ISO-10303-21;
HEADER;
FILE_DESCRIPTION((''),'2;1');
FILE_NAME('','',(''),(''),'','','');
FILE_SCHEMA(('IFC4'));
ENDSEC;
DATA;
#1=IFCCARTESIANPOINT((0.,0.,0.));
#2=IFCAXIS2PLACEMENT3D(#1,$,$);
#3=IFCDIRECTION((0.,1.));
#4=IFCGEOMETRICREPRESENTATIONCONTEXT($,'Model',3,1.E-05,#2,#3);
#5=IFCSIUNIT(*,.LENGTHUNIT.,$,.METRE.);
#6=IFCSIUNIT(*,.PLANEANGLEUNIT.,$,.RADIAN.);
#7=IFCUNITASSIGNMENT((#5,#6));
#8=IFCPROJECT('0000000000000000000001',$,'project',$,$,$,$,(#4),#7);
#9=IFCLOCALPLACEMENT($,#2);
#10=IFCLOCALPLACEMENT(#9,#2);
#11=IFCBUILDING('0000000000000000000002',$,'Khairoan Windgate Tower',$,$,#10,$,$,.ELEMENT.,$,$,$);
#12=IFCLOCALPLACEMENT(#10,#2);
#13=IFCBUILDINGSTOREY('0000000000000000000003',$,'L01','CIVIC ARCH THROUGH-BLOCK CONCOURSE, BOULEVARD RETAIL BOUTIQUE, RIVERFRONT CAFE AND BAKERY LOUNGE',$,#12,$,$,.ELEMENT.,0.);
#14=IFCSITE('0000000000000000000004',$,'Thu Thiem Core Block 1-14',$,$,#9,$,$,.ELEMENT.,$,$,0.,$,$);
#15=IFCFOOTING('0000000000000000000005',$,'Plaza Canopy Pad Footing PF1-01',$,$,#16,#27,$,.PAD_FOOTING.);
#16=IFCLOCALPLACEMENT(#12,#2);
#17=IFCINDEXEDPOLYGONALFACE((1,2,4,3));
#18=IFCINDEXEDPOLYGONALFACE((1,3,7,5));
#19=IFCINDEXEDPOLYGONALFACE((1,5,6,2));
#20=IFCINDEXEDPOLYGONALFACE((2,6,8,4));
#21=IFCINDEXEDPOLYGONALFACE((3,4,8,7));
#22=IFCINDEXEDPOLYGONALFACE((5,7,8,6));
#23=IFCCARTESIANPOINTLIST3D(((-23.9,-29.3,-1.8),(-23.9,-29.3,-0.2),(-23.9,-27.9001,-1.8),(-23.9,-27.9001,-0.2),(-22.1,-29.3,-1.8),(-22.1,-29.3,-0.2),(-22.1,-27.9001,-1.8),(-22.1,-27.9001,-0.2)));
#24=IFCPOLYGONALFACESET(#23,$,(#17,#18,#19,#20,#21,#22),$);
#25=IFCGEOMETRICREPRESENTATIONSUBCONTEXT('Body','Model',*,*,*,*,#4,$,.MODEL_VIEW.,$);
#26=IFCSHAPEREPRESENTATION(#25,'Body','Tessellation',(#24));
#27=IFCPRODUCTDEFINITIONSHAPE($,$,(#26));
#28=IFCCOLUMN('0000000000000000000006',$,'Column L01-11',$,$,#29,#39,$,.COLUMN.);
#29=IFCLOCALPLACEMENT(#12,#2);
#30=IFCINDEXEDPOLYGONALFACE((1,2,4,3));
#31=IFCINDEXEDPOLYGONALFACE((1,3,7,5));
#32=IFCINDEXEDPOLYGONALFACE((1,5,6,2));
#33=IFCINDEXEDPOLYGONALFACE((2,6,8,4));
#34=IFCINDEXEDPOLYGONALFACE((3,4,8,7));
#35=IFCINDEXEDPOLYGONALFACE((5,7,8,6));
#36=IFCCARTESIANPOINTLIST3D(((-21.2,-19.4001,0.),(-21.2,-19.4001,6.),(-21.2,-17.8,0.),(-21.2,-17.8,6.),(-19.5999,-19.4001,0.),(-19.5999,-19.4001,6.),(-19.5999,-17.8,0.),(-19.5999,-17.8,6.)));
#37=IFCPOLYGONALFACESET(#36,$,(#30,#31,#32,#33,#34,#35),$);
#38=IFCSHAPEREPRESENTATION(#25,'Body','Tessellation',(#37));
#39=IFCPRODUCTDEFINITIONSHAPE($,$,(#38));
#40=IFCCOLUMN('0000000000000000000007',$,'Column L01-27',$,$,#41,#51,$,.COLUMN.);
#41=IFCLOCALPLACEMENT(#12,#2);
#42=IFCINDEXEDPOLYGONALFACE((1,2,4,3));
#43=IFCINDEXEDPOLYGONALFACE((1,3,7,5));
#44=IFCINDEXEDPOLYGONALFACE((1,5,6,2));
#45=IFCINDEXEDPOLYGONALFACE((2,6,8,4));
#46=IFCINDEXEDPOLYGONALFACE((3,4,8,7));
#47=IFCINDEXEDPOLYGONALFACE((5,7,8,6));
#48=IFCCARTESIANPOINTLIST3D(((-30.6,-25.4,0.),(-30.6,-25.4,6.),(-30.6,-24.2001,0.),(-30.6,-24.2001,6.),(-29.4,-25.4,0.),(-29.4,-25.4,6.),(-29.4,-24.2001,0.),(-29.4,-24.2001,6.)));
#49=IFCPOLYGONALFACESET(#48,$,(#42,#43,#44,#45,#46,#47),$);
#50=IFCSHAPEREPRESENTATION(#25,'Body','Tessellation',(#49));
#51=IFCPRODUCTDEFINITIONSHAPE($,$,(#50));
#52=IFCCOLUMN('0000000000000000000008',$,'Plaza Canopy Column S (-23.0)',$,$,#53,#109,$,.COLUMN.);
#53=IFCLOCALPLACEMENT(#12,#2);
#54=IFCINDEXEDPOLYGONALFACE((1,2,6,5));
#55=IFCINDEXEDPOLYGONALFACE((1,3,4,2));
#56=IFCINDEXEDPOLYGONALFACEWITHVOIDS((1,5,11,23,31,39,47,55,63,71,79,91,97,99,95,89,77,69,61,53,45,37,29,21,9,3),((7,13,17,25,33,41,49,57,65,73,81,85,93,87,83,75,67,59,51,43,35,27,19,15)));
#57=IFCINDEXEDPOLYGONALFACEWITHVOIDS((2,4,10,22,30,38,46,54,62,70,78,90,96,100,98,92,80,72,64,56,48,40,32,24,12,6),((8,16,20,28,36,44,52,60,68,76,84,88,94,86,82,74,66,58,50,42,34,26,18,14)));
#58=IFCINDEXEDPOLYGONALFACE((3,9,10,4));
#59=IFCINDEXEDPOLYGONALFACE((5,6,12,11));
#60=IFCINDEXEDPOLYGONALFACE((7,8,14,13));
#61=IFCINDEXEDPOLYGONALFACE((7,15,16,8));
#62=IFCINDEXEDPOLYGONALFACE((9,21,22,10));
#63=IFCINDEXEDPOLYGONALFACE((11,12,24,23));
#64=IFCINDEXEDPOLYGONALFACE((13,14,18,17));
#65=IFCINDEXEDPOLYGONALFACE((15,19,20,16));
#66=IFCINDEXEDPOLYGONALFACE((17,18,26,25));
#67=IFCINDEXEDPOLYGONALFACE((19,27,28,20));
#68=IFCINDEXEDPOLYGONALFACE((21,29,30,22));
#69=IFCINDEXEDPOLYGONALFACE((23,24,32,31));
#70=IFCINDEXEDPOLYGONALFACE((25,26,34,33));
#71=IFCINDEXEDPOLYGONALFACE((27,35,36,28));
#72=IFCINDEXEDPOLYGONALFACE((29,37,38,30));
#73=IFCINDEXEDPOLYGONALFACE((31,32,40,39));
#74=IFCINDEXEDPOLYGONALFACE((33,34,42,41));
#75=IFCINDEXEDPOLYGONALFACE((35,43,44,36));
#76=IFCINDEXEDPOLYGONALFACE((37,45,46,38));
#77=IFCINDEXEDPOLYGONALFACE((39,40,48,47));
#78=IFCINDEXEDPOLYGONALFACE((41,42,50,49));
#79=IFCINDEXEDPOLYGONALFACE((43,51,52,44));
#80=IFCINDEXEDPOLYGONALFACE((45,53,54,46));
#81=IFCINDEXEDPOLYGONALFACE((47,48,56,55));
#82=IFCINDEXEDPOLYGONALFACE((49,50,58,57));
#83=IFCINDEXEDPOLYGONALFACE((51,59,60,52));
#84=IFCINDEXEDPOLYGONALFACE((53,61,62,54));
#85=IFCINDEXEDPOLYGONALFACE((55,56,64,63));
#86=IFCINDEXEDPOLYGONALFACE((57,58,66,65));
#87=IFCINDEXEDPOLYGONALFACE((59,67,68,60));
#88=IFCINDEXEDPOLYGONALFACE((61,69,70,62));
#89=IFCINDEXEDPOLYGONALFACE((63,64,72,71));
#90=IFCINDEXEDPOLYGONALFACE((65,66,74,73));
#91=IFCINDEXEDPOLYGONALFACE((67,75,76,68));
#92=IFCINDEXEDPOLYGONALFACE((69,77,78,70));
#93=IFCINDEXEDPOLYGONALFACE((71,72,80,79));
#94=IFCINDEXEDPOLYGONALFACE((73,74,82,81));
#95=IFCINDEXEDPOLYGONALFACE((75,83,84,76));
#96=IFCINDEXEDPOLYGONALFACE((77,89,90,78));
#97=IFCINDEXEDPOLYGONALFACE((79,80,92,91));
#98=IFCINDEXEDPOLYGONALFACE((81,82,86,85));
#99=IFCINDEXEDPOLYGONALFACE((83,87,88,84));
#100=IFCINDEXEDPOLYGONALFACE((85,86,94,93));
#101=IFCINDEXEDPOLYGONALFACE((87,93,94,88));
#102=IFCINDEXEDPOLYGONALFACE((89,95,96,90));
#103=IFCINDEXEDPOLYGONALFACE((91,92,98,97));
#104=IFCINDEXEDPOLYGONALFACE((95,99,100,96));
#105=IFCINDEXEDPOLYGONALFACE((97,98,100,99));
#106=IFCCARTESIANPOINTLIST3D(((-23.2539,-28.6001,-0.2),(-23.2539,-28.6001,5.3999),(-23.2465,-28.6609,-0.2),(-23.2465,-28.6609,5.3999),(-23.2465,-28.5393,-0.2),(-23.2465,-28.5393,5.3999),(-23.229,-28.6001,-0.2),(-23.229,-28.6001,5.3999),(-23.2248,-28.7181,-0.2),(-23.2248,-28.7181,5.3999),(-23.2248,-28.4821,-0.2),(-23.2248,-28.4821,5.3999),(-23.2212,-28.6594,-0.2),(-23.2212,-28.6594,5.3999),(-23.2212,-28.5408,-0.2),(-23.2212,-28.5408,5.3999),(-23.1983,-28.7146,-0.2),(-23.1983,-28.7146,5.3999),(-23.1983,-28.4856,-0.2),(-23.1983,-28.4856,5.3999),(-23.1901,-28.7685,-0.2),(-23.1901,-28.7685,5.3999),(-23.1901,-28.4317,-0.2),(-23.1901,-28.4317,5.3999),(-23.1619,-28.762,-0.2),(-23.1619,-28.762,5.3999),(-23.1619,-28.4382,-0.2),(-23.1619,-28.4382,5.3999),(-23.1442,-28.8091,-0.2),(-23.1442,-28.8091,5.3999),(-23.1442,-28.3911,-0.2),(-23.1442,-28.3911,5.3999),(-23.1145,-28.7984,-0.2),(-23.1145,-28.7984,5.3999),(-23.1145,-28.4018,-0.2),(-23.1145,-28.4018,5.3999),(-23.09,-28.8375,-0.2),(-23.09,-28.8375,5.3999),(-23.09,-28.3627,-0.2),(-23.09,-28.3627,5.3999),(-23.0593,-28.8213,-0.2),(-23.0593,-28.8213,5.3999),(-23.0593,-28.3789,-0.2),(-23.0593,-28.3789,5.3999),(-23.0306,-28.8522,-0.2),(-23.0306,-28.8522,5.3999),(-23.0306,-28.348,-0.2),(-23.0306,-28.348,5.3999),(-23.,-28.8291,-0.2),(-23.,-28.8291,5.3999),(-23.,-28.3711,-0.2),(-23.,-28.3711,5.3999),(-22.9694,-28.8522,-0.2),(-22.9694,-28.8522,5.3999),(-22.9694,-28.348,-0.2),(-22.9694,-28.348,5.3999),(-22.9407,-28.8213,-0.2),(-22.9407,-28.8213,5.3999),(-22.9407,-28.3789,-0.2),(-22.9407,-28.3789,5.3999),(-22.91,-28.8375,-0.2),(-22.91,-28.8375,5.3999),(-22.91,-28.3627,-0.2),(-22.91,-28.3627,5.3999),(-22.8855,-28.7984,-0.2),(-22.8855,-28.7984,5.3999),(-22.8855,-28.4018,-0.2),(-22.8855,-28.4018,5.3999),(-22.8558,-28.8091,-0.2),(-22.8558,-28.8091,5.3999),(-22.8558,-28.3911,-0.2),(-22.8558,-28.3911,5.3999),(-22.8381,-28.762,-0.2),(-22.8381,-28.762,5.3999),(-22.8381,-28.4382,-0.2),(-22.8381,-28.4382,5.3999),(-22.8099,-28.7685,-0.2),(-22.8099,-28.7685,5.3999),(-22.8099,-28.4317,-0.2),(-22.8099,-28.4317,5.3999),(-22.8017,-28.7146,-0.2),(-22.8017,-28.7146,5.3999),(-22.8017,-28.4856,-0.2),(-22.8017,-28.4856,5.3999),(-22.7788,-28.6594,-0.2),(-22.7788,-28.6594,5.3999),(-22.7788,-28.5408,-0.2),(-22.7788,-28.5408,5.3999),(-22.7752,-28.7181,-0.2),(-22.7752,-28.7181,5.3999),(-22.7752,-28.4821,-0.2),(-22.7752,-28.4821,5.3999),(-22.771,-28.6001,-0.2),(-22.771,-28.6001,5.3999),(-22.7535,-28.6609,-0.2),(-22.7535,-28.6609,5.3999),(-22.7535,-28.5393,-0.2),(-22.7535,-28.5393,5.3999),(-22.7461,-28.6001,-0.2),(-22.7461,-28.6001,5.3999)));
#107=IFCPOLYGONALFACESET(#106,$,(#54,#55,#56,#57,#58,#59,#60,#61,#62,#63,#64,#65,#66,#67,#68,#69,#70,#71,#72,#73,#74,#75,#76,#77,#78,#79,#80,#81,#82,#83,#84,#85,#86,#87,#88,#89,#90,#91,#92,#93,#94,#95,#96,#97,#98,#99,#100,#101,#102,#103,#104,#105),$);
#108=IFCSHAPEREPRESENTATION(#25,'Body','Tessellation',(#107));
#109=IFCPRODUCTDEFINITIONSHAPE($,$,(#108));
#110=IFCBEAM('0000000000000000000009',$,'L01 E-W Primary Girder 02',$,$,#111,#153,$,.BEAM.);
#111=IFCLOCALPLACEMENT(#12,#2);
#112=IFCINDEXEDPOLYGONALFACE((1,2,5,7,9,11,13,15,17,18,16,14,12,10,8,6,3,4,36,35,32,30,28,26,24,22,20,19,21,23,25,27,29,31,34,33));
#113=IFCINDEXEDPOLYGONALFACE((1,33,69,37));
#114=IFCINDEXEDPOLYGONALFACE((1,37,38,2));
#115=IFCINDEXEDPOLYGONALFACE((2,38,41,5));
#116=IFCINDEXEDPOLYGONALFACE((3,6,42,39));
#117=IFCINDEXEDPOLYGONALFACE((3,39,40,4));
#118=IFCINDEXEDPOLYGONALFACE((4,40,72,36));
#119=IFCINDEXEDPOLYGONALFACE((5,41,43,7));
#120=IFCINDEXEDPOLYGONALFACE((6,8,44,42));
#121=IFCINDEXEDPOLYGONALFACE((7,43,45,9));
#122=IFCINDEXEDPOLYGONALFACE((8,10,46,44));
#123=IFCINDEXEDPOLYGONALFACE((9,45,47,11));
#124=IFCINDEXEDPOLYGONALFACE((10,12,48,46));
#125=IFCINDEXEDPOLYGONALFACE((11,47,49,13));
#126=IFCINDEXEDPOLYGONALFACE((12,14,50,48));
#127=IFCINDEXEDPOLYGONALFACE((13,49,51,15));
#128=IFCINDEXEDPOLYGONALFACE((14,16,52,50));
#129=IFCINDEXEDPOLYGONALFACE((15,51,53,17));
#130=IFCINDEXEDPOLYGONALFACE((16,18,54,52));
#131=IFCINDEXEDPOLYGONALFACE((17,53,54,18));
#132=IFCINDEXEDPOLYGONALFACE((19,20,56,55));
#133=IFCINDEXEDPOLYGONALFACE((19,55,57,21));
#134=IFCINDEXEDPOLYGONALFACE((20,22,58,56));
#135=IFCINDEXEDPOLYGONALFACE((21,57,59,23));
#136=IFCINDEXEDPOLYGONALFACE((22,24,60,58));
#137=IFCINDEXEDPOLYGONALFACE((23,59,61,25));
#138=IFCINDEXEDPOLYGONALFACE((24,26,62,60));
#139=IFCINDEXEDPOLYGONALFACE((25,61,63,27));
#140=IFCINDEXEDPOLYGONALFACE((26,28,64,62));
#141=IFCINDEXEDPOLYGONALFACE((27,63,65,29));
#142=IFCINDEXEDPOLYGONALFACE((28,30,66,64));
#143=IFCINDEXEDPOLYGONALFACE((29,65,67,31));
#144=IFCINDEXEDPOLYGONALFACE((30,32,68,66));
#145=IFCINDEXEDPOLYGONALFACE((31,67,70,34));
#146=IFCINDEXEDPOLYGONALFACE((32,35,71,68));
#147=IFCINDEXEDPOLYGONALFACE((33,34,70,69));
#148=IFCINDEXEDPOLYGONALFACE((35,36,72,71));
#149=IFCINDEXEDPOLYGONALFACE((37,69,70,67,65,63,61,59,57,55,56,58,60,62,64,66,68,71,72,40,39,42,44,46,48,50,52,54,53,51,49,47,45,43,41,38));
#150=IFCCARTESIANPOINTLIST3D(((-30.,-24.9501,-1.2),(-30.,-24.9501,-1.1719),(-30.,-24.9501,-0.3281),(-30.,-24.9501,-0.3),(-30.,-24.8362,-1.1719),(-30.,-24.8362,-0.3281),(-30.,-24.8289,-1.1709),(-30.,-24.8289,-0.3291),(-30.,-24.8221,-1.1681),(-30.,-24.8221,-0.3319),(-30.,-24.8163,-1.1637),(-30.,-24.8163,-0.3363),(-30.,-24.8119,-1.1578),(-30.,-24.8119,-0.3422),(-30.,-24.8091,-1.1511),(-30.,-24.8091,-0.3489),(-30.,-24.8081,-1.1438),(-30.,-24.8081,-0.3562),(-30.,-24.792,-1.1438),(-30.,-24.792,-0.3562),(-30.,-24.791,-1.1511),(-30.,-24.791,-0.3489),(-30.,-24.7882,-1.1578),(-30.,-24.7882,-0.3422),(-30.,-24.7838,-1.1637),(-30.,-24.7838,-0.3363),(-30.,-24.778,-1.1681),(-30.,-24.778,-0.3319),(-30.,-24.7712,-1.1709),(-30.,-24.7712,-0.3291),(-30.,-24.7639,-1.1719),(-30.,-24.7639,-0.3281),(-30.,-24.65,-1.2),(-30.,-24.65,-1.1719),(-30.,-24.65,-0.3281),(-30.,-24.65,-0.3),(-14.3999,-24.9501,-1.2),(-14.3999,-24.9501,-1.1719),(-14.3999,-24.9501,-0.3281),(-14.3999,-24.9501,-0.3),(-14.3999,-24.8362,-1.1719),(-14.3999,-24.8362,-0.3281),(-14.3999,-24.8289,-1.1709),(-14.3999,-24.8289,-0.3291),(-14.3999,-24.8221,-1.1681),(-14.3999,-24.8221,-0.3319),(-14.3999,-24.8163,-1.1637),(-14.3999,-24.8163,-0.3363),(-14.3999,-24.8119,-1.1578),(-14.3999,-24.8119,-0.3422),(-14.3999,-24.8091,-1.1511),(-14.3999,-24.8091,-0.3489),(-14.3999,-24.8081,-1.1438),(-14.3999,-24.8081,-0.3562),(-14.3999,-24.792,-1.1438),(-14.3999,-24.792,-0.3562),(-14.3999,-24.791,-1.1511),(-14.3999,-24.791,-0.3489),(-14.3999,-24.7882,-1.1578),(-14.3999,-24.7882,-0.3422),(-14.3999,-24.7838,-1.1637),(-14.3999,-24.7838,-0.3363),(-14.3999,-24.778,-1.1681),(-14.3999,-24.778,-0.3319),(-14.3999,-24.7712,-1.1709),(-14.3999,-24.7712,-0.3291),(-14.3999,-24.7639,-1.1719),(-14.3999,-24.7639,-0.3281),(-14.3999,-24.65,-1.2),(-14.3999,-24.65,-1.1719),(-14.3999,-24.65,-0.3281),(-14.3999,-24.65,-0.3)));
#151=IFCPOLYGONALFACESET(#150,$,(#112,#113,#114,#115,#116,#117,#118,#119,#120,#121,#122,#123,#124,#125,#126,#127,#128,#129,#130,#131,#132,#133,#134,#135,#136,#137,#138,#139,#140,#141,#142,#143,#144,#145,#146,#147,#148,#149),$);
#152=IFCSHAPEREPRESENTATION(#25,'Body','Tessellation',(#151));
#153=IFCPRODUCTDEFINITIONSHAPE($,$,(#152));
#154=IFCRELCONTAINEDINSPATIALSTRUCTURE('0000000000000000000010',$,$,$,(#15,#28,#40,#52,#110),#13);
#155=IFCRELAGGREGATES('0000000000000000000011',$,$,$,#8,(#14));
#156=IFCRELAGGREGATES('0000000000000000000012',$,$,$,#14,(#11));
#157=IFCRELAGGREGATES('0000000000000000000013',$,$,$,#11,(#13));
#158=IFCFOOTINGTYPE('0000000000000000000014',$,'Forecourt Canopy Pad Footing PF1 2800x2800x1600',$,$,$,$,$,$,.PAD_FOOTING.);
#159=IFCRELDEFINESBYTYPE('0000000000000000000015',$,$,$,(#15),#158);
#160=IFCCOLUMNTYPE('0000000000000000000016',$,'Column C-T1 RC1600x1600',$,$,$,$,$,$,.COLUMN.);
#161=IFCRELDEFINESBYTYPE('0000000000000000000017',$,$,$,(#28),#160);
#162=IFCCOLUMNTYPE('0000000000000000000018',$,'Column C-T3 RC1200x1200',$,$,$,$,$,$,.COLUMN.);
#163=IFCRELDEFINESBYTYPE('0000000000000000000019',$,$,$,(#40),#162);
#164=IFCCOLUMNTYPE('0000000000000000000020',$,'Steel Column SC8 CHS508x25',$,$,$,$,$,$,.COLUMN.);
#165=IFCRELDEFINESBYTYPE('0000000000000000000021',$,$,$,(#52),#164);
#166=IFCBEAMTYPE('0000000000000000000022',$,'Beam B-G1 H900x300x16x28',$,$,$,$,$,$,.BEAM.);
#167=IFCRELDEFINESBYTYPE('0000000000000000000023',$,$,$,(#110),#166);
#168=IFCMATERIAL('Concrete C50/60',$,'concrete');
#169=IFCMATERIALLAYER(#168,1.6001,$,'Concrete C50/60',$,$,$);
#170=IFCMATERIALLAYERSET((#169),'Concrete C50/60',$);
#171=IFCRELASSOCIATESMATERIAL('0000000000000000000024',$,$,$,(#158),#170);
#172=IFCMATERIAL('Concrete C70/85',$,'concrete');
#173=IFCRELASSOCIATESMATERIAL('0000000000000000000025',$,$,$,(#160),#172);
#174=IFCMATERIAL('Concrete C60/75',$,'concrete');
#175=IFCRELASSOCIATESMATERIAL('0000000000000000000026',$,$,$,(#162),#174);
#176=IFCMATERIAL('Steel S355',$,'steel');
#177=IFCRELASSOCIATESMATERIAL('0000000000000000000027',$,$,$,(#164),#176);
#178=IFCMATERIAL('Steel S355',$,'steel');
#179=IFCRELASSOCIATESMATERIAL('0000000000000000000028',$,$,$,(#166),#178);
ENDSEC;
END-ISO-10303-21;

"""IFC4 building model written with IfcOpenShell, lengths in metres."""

from ifc_helpers import new_model, si_unit, direction, frame, origin, origin_2d, place, context, subcontext, project, spatial, rectangle, hollow_circle, i_section, extrude, material, layer, layer_set, material_profile, profile_set, type_object, element, save


model = new_model("IFC4")

# Units and contexts
model_context = context("Model", 3, precision=1e-05, world=origin(), true_north=direction((0.0, 1.0)))
body_context = subcontext(model_context, "Body", "Model", "MODEL_VIEW")
ifc_project = project(units=[si_unit("LENGTHUNIT", "METRE"), si_unit("PLANEANGLEUNIT", "RADIAN")], contexts=[model_context])

# Site, building, storey
site_placement = place(None, origin())
site = spatial("IfcSite", under=ifc_project, at=site_placement, Name="Thu Thiem Core Block 1-14", CompositionType="ELEMENT", RefElevation=0.0)
building_placement = place(site_placement, origin())
building = spatial("IfcBuilding", under=site, at=building_placement, Name="Khairoan Windgate Tower", CompositionType="ELEMENT")
storey_placement = place(building_placement, origin())
storey = spatial("IfcBuildingStorey", under=building, at=storey_placement, Name="L01", Description="CIVIC ARCH THROUGH-BLOCK CONCOURSE, BOULEVARD RETAIL BOUTIQUE, RIVERFRONT CAFE AND BAKERY LOUNGE", CompositionType="ELEMENT", Elevation=0.0)

# Footing
ifc_material_1 = material(Name="Concrete C50/60", Category="concrete")
ifc_layer_1 = layer(ifc_material_1, 1.6001, Name="Concrete C50/60")
ifc_layer_set_1 = layer_set([ifc_layer_1], Name="Concrete C50/60")
footing_type = type_object("IfcFootingType", Name="Forecourt Canopy Pad Footing PF1 2800x2800x1600", PredefinedType="PAD_FOOTING", material=ifc_layer_set_1)
footing_placement = place(storey_placement, frame((-23.0, -28.6001, -1.8), z_axis=(0.0, 0.0, 1.0), x_axis=(1.0, 0.0, 0.0)))
element("IfcFooting", 1, at=footing_placement, inside=storey, type_object=footing_type, Name="Plaza Canopy Pad Footing PF1-01", PredefinedType="PAD_FOOTING", context=body_context, shape_type="SweptSolid", body=[
    extrude(rectangle(XDim=1.8, YDim=1.3999, at=origin_2d()), origin(), (0.0, 0.0, 1.0), 1.6001),
])

# Columns
ifc_material_2 = material(Name="Concrete C70/85", Category="concrete")
ifc_material_profile_1 = material_profile(ifc_material_2, rectangle(XDim=1.6001, YDim=1.6001, at=origin_2d()))
ifc_profile_set_1 = profile_set([ifc_material_profile_1], Name="Concrete C70/85")
column_type_1 = type_object("IfcColumnType", Name="Column C-T1 RC1600x1600", PredefinedType="COLUMN", material=ifc_profile_set_1)
column_1_placement = place(storey_placement, frame((-20.3999, -18.6001, 0.0), z_axis=(0.0, 0.0, 1.0), x_axis=(1.0, 0.0, 0.0)))
element("IfcColumn", 2, at=column_1_placement, inside=storey, type_object=column_type_1, Name="Column L01-11", PredefinedType="COLUMN", context=body_context, shape_type="SweptSolid", body=[
    extrude(rectangle(XDim=1.6001, YDim=1.6001, at=origin_2d()), origin(), (0.0, 0.0, 1.0), 6.0),
])
ifc_material_3 = material(Name="Concrete C60/75", Category="concrete")
ifc_material_profile_2 = material_profile(ifc_material_3, rectangle(XDim=1.2, YDim=1.2, at=origin_2d()))
ifc_profile_set_2 = profile_set([ifc_material_profile_2], Name="Concrete C60/75")
column_type_2 = type_object("IfcColumnType", Name="Column C-T3 RC1200x1200", PredefinedType="COLUMN", material=ifc_profile_set_2)
column_2_placement = place(storey_placement, frame((-30.0, -24.8, 0.0), z_axis=(0.0, 0.0, 1.0), x_axis=(1.0, 0.0, 0.0)))
element("IfcColumn", 3, at=column_2_placement, inside=storey, type_object=column_type_2, Name="Column L01-27", PredefinedType="COLUMN", context=body_context, shape_type="SweptSolid", body=[
    extrude(rectangle(XDim=1.2, YDim=1.2, at=origin_2d()), origin(), (0.0, 0.0, 1.0), 6.0),
])
ifc_material_4 = material(Name="Steel S355", Category="steel")
ifc_material_profile_3 = material_profile(ifc_material_4, hollow_circle(Radius=0.2539, WallThickness=0.0249, at=origin_2d()))
ifc_profile_set_3 = profile_set([ifc_material_profile_3], Name="Steel S355")
column_type_3 = type_object("IfcColumnType", Name="Steel Column SC8 CHS508x25", PredefinedType="COLUMN", material=ifc_profile_set_3)
column_3_placement = place(storey_placement, frame((-23.0, -28.6001, -0.2), z_axis=(0.0, 0.0, 1.0), x_axis=(1.0, 0.0, 0.0)))
element("IfcColumn", 4, at=column_3_placement, inside=storey, type_object=column_type_3, Name="Plaza Canopy Column S (-23.0)", PredefinedType="COLUMN", context=body_context, shape_type="SweptSolid", body=[
    extrude(hollow_circle(Radius=0.2539, WallThickness=0.0249, at=origin_2d()), origin(), (0.0, 0.0, 1.0), 5.5999),
])

# Beam
ifc_material_5 = material(Name="Steel S355", Category="steel")
ifc_material_profile_4 = material_profile(ifc_material_5, i_section(OverallWidth=0.3, OverallDepth=0.8999, WebThickness=0.0161, FlangeThickness=0.0281, FilletRadius=0.0281, at=origin_2d()))
ifc_profile_set_4 = profile_set([ifc_material_profile_4], Name="Steel S355")
beam_type_1 = type_object("IfcBeamType", Name="Beam B-G1 H900x300x16x28", PredefinedType="BEAM", material=ifc_profile_set_4)
beam_1_placement = place(storey_placement, frame((-30.0, -24.8, -0.75), z_axis=(1.0, 0.0, 0.0), x_axis=(0.0, 1.0, 0.0)))
element("IfcBeam", 5, at=beam_1_placement, inside=storey, type_object=beam_type_1, Name="L01 E-W Primary Girder 02", PredefinedType="BEAM", context=body_context, shape_type="SweptSolid", body=[
    extrude(i_section(OverallWidth=0.3, OverallDepth=0.8999, WebThickness=0.0161, FlangeThickness=0.0281, FilletRadius=0.0281, at=origin_2d()), origin(), (0.0, 0.0, 1.0), 15.6001),
])

save(model, "model.ifc")
